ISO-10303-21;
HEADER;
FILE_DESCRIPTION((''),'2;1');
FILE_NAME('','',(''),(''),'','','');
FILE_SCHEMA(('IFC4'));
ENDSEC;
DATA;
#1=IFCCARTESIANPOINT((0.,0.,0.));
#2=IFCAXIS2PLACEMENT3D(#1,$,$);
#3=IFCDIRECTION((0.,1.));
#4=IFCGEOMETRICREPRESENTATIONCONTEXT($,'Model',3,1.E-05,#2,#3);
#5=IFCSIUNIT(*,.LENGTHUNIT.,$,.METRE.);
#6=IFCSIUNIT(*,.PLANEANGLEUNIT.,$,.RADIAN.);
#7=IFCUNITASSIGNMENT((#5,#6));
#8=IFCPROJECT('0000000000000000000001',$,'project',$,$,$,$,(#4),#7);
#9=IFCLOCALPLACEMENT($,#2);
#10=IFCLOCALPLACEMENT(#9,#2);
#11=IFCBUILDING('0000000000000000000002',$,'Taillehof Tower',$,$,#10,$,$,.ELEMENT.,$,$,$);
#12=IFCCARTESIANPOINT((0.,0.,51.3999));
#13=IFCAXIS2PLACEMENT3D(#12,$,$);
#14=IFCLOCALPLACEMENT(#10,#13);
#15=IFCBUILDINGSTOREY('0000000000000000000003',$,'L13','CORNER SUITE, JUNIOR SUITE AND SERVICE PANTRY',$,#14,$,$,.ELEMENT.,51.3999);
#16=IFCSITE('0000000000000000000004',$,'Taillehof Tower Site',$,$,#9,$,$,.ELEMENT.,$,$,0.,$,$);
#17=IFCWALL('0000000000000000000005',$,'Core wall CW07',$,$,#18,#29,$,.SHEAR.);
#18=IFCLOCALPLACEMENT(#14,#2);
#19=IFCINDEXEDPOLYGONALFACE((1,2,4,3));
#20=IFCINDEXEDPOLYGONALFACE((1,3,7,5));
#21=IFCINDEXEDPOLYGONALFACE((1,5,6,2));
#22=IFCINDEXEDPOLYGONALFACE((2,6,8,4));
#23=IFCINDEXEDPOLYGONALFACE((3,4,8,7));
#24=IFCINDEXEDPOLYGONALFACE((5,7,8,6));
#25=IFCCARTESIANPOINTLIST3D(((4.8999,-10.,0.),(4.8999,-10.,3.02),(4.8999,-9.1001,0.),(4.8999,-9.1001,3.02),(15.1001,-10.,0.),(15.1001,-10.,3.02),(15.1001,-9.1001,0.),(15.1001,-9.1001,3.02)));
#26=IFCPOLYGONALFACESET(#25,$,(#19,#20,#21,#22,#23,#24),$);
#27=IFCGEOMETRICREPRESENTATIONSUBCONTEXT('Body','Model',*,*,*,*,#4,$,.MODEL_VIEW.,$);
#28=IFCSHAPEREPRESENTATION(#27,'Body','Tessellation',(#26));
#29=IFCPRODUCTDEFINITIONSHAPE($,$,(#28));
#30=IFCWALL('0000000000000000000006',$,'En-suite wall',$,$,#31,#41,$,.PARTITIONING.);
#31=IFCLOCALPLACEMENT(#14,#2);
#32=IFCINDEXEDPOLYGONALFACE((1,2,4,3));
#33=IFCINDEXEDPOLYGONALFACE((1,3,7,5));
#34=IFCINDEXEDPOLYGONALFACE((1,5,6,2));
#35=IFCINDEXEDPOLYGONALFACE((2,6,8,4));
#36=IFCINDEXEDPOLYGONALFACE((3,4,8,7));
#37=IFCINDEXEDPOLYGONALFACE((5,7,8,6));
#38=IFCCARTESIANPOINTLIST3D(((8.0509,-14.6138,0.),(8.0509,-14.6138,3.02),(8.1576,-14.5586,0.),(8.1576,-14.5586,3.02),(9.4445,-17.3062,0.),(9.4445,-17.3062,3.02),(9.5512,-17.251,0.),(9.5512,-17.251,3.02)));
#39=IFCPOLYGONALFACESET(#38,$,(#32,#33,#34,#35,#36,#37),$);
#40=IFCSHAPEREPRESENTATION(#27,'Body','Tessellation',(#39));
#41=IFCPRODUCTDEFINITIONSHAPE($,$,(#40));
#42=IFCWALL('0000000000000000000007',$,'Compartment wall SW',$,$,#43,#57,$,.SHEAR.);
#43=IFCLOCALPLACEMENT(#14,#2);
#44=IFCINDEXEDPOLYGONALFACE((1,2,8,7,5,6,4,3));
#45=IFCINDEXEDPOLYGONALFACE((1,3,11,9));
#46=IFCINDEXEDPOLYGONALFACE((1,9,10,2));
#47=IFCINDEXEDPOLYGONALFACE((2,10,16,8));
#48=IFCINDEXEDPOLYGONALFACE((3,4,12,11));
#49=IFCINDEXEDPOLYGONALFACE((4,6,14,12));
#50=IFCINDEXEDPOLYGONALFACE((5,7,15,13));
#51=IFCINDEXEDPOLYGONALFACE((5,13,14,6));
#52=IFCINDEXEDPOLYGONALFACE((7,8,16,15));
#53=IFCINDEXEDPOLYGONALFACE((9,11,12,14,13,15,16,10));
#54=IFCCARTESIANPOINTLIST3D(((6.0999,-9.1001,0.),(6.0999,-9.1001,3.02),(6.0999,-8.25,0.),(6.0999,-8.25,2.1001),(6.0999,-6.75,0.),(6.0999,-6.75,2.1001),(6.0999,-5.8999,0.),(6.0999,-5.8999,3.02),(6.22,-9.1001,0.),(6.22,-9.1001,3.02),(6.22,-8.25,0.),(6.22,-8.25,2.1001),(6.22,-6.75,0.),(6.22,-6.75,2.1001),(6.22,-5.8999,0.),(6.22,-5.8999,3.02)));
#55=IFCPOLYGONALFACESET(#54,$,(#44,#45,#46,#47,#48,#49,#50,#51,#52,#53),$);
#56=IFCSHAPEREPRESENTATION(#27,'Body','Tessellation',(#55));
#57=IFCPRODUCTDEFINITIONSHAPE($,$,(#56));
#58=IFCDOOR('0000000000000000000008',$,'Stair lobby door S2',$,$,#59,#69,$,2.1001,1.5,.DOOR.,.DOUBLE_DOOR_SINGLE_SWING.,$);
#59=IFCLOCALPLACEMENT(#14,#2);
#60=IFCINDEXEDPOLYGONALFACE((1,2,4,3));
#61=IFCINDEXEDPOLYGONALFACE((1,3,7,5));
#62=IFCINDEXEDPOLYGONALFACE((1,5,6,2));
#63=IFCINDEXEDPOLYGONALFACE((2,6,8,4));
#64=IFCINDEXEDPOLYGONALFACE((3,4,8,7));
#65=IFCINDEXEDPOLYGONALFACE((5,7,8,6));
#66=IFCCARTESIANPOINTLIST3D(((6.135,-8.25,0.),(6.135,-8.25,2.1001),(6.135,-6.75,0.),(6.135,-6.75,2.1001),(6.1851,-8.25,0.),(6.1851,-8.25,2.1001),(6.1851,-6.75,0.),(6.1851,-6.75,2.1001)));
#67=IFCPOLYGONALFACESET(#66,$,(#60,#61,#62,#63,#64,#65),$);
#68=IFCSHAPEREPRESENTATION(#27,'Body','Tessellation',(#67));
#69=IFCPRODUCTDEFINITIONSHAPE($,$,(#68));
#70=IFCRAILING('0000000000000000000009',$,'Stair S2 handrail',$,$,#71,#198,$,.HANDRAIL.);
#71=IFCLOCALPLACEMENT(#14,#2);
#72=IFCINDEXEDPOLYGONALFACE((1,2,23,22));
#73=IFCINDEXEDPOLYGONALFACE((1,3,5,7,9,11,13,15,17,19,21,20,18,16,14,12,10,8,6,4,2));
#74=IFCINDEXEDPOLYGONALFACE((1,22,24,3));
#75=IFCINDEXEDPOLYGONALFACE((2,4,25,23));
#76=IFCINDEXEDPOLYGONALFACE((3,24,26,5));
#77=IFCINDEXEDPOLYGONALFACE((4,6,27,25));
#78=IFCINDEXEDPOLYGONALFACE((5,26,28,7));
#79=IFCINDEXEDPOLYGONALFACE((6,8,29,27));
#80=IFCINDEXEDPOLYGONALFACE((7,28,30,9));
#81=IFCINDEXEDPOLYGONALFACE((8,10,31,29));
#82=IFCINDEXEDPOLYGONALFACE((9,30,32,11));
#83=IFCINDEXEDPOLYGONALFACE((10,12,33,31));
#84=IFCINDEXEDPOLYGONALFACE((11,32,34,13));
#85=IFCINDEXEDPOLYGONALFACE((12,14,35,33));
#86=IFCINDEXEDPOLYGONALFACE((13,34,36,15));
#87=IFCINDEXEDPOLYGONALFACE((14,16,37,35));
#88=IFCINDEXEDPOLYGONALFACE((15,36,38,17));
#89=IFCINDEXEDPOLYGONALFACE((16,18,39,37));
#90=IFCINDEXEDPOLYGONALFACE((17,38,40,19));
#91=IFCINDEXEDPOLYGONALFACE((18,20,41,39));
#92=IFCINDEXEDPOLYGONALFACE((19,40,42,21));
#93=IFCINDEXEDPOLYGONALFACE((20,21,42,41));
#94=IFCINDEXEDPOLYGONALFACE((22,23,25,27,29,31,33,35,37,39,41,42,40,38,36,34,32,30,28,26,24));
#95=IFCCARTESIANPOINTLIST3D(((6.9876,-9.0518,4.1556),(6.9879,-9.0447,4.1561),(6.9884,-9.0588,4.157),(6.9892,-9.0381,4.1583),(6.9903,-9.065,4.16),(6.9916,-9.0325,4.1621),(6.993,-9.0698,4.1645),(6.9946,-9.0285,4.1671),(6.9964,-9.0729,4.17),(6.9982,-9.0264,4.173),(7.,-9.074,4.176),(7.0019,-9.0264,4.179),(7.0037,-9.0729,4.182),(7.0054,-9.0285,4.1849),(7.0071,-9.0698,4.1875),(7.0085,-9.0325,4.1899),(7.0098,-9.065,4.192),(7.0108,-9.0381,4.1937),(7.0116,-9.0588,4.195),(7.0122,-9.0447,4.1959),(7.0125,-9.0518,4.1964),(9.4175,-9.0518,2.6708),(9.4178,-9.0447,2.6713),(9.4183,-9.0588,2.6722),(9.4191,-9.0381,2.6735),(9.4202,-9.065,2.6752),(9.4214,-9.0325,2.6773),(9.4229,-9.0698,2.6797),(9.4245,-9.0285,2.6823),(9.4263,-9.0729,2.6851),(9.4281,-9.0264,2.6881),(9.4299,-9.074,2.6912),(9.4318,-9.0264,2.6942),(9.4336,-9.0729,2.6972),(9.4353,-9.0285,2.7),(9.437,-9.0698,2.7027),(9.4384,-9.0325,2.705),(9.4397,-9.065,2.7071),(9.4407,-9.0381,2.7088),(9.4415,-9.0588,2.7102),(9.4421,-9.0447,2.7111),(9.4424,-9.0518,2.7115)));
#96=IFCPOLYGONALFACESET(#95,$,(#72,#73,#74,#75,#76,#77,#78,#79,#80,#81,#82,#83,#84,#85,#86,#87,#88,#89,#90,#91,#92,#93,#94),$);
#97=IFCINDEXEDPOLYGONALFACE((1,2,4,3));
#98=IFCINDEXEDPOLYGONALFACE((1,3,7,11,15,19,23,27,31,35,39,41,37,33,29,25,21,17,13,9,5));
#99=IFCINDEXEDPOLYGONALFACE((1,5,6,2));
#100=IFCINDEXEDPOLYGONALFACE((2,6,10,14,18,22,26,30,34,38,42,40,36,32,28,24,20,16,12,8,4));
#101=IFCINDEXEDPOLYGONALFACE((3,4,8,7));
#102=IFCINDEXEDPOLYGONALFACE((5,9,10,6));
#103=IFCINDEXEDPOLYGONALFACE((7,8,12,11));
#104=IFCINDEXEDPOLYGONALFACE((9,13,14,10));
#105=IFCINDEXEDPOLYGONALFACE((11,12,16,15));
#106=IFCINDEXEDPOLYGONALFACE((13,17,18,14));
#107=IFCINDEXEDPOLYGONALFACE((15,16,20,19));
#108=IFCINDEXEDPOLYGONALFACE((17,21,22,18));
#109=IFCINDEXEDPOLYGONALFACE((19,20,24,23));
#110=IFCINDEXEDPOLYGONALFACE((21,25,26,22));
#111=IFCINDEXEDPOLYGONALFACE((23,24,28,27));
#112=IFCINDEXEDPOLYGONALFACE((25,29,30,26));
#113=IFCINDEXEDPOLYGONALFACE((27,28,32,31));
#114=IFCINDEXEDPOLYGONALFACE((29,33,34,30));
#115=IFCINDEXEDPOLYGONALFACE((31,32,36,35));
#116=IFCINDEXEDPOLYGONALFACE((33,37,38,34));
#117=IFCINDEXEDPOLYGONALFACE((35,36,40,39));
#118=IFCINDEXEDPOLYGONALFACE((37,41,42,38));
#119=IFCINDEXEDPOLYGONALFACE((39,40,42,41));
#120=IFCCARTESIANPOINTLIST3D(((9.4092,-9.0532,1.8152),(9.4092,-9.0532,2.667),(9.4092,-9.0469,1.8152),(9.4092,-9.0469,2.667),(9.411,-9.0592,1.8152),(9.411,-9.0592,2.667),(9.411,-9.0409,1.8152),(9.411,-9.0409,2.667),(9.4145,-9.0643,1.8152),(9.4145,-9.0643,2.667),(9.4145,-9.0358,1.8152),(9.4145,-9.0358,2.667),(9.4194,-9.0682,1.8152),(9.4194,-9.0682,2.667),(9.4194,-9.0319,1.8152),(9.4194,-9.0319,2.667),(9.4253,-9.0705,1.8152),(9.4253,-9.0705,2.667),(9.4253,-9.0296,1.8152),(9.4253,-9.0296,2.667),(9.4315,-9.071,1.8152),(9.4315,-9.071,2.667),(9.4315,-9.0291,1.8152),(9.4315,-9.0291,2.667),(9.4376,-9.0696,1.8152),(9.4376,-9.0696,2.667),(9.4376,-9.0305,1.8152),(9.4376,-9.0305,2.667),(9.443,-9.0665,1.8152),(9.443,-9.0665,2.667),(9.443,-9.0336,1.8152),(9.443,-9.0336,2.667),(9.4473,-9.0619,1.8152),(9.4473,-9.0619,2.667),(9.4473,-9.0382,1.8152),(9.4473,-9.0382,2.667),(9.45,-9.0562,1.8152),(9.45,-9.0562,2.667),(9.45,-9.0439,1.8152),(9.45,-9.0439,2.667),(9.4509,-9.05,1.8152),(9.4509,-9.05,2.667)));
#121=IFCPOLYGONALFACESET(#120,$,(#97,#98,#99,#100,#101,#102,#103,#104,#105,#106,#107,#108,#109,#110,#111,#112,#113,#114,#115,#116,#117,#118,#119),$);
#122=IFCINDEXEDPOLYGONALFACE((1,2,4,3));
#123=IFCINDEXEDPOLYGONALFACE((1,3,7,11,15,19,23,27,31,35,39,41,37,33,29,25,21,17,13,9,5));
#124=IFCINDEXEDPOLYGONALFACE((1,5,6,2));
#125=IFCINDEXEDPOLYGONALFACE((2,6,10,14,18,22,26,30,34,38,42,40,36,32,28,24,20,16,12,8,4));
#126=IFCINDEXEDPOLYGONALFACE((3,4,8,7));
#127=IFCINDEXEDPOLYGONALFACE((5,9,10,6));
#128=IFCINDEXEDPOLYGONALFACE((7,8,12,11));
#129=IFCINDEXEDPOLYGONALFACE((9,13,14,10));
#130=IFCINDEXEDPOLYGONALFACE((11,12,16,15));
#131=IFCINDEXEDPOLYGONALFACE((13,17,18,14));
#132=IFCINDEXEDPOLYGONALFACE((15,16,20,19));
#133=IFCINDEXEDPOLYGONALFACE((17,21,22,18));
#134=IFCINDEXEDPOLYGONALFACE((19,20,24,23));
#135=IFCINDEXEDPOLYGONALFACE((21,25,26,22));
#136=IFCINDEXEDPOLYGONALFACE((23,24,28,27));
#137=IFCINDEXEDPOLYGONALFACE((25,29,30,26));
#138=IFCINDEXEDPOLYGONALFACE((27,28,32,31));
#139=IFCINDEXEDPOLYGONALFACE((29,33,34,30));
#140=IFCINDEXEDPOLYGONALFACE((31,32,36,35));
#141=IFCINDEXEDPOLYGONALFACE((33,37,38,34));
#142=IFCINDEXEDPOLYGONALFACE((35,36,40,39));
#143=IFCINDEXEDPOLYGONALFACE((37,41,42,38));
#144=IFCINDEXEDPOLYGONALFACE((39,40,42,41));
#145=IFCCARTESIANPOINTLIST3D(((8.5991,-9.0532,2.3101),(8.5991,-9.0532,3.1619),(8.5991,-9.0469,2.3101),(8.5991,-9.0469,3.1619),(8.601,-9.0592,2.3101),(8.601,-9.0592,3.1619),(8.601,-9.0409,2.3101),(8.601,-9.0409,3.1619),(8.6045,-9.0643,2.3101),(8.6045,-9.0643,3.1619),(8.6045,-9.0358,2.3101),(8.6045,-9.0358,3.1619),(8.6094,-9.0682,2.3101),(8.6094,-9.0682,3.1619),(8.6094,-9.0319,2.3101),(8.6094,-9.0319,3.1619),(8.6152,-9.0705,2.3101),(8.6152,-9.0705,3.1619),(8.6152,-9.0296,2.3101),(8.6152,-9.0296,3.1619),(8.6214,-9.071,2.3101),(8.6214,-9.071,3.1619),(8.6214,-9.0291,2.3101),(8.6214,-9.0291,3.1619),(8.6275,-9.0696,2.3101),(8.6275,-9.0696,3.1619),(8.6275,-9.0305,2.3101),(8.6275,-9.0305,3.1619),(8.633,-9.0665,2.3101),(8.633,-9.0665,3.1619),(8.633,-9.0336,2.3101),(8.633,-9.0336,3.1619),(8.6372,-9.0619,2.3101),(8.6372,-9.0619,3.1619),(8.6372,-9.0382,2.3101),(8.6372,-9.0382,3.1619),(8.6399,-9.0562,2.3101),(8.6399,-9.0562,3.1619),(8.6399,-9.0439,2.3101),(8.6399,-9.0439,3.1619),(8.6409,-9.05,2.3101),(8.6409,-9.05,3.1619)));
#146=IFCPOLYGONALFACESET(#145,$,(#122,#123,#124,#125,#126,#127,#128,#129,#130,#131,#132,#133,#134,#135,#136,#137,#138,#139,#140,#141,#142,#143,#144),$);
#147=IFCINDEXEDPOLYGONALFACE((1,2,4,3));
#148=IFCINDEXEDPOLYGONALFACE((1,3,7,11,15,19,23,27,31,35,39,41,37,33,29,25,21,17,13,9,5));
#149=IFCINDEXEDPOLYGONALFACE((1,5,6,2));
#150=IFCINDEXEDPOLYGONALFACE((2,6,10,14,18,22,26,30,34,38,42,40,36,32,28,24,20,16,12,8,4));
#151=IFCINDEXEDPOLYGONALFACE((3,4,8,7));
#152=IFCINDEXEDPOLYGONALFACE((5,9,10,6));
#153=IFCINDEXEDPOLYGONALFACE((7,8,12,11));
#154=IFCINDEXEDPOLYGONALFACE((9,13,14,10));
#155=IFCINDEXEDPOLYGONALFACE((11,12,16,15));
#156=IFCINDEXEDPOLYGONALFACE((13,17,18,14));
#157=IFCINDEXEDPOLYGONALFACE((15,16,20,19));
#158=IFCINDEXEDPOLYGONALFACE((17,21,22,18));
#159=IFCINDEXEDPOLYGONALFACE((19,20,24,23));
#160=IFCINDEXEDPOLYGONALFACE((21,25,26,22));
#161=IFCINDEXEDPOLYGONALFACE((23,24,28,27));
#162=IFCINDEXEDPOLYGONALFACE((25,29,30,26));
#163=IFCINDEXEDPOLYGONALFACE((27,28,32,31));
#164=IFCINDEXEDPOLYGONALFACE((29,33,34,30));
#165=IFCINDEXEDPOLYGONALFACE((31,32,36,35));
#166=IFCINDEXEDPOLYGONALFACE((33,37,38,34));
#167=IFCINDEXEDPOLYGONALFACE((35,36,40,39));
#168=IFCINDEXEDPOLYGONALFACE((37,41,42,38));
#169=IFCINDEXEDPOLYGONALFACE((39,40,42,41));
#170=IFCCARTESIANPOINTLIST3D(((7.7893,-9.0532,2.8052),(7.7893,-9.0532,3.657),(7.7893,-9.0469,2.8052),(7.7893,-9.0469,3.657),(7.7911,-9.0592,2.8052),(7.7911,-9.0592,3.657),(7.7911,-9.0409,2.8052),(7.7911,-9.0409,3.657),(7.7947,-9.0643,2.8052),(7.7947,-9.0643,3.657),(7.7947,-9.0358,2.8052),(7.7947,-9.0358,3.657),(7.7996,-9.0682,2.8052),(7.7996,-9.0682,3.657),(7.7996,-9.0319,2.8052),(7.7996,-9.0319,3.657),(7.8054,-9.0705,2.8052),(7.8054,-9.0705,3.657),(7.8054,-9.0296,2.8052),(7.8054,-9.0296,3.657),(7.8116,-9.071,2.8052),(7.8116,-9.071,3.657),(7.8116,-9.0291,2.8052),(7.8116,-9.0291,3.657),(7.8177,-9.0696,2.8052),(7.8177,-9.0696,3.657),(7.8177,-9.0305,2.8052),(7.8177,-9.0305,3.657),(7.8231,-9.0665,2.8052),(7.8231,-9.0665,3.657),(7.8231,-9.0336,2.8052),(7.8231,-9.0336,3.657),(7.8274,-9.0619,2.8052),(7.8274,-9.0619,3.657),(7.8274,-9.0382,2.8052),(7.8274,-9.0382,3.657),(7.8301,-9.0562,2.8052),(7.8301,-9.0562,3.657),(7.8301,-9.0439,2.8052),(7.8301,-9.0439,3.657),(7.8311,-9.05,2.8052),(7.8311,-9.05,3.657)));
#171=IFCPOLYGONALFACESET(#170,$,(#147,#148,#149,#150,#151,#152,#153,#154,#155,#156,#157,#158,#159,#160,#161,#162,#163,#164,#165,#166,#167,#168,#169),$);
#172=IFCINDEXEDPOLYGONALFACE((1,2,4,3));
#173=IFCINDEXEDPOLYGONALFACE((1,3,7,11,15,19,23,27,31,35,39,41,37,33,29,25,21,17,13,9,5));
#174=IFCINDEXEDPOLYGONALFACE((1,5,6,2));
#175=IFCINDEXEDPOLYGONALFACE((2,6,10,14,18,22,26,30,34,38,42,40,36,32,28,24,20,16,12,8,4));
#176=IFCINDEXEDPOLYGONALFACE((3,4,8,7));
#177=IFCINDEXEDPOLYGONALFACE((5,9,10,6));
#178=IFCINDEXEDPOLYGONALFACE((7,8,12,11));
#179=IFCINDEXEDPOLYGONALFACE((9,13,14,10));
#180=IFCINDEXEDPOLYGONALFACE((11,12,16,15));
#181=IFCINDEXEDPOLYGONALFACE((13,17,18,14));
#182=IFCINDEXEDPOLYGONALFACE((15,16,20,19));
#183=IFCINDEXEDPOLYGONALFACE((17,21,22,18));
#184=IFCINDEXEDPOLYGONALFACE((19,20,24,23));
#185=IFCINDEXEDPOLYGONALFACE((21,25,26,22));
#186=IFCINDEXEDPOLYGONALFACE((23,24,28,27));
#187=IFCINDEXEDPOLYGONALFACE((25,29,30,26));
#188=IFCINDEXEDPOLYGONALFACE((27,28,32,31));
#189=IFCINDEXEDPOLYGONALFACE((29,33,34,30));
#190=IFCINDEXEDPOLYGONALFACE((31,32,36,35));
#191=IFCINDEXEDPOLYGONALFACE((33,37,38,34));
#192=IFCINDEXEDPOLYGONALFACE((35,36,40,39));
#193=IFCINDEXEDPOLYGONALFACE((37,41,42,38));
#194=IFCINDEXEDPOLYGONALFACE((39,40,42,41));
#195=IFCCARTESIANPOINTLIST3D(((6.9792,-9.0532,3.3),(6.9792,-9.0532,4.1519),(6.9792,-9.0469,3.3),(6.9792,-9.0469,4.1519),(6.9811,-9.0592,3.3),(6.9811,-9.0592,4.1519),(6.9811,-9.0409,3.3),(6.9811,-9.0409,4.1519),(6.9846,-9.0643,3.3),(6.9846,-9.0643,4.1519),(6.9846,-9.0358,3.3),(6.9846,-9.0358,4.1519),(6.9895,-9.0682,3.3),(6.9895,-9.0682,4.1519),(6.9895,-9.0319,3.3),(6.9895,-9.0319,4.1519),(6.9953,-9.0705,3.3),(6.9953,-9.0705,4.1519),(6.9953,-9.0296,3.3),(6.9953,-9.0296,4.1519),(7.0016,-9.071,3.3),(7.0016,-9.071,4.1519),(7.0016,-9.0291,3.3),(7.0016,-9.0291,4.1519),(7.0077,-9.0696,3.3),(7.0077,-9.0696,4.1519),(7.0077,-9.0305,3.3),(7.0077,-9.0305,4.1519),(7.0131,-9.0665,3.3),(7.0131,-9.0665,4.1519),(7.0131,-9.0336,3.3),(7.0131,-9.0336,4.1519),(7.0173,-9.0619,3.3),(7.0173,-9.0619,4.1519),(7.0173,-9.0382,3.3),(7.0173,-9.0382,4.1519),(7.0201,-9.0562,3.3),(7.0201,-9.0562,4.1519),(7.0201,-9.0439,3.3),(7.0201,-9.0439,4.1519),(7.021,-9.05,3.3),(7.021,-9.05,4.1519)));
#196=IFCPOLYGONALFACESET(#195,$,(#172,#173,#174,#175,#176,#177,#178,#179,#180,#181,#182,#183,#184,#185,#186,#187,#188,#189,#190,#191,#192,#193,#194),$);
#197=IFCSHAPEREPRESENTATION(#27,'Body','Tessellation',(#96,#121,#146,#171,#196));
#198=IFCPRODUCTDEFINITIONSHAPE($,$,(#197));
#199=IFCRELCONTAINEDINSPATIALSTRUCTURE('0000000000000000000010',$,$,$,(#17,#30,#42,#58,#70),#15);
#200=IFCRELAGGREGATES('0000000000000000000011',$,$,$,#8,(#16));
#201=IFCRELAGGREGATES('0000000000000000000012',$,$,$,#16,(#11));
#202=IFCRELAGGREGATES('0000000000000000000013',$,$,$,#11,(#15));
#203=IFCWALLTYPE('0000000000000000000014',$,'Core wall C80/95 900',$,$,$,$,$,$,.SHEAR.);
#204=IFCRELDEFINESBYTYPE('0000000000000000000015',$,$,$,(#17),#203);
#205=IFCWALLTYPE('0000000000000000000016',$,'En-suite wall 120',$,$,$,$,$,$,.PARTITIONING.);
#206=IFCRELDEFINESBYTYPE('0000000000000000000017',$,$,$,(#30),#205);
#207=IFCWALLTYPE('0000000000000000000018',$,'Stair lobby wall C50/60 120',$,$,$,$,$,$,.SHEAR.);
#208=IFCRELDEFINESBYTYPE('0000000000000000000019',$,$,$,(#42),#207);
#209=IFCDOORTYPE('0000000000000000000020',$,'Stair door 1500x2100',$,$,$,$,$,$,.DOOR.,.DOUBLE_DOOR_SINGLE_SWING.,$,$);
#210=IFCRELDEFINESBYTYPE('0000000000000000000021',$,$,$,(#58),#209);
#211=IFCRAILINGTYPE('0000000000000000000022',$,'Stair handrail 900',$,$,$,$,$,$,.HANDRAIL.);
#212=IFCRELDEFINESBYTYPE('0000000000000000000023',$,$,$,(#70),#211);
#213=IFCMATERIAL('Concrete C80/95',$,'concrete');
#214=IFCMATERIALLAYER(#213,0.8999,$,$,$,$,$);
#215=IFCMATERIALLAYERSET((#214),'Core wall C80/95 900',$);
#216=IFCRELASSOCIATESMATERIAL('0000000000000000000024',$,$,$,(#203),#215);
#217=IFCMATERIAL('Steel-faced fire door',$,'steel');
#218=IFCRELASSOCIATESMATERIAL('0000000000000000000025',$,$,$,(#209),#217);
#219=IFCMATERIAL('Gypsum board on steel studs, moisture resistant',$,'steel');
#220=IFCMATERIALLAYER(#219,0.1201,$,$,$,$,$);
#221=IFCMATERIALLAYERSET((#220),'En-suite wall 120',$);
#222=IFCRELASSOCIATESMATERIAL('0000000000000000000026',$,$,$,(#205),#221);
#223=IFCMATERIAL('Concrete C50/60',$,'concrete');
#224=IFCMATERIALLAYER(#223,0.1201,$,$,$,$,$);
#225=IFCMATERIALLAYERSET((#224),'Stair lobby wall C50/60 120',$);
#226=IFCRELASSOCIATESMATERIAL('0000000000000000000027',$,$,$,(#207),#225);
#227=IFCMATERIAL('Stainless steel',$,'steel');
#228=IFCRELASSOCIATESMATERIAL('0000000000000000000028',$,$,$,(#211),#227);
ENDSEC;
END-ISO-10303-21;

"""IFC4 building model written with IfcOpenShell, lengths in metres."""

from ifc_helpers import new_model, si_unit, direction, frame, frame_2d, origin, origin_2d, place, context, subcontext, project, spatial, rectangle, circle, extrude, material, layer, layer_set, type_object, element, fill, save


model = new_model("IFC4")

# Units and contexts
model_context = context("Model", 3, precision=1e-05, world=origin(), true_north=direction((0.0, 1.0)))
body_context = subcontext(model_context, "Body", "Model", "MODEL_VIEW")
ifc_project = project(units=[si_unit("LENGTHUNIT", "METRE"), si_unit("PLANEANGLEUNIT", "RADIAN")], contexts=[model_context])

# Site, building, storey
site_placement = place(None, origin())
site = spatial("IfcSite", under=ifc_project, at=site_placement, Name="Taillehof Tower Site", CompositionType="ELEMENT", RefElevation=0.0)
building_placement = place(site_placement, origin())
building = spatial("IfcBuilding", under=site, at=building_placement, Name="Taillehof Tower", CompositionType="ELEMENT")
storey_placement = place(building_placement, frame((0.0, 0.0, 51.3999)))
storey = spatial("IfcBuildingStorey", under=building, at=storey_placement, Name="L13", Description="CORNER SUITE, JUNIOR SUITE AND SERVICE PANTRY", CompositionType="ELEMENT", Elevation=51.3999)

# Shared definitions
ifc_material_1 = material(Name="Concrete C80/95", Category="concrete")
ifc_layer_1 = layer(ifc_material_1, 0.8999)
ifc_layer_set_1 = layer_set([ifc_layer_1], Name="Core wall C80/95 900")
wall_type_1 = type_object("IfcWallType", Name="Core wall C80/95 900", PredefinedType="SHEAR", material=ifc_layer_set_1)
ifc_material_2 = material(Name="Steel-faced fire door", Category="steel")
door_type_1 = type_object("IfcDoorType", Name="Stair door 1500x2100", OperationType="DOUBLE_DOOR_SINGLE_SWING", PredefinedType="DOOR", material=ifc_material_2)

# Walls
wall_1_placement = place(storey_placement, frame((4.8999, -9.55, 0.0), z_axis=(0.0, 0.0, 1.0), x_axis=(1.0, 0.0, 0.0)))
element("IfcWall", 1, at=wall_1_placement, inside=storey, type_object=wall_type_1, Name="Core wall CW07", PredefinedType="SHEAR", context=body_context, shape_type="SweptSolid", body=[
    extrude(rectangle(XDim=10.2002, YDim=0.8999, at=frame_2d((5.1001, 0.0))), origin(), (0.0, 0.0, 1.0), 3.02),
])
ifc_material_3 = material(Name="Gypsum board on steel studs, moisture resistant", Category="steel")
ifc_layer_2 = layer(ifc_material_3, 0.1201)
ifc_layer_set_2 = layer_set([ifc_layer_2], Name="En-suite wall 120")
wall_type_2 = type_object("IfcWallType", Name="En-suite wall 120", PredefinedType="PARTITIONING", material=ifc_layer_set_2)
wall_2_placement = place(storey_placement, frame((8.1042, -14.5862, 0.0), z_axis=(0.0, 0.0, 1.0), x_axis=(0.459668, -0.888091, 0.0)))
element("IfcWall", 2, at=wall_2_placement, inside=storey, type_object=wall_type_2, Name="En-suite wall", PredefinedType="PARTITIONING", context=body_context, shape_type="SweptSolid", body=[
    extrude(rectangle(XDim=3.0317, YDim=0.1201, at=frame_2d((1.5159, 0.0))), origin(), (0.0, 0.0, 1.0), 3.02),
])

# Wall, opening, door
ifc_material_4 = material(Name="Concrete C50/60", Category="concrete")
ifc_layer_3 = layer(ifc_material_4, 0.1201)
ifc_layer_set_3 = layer_set([ifc_layer_3], Name="Stair lobby wall C50/60 120")
wall_type_3 = type_object("IfcWallType", Name="Stair lobby wall C50/60 120", PredefinedType="SHEAR", material=ifc_layer_set_3)
wall_3_placement = place(storey_placement, frame((6.1599, -9.1001, 0.0), z_axis=(0.0, 0.0, 1.0), x_axis=(0.0, 1.0, 0.0)))
wall_3 = element("IfcWall", 3, at=wall_3_placement, inside=storey, type_object=wall_type_3, Name="Compartment wall SW", PredefinedType="SHEAR", context=body_context, shape_type="SweptSolid", body=[
    extrude(rectangle(XDim=3.2002, YDim=0.1201, at=frame_2d((1.6001, 0.0))), origin(), (0.0, 0.0, 1.0), 3.02),
])
opening_1_placement = place(wall_3_placement, frame((0.8501, 0.0, 0.0)))
opening_1 = element("IfcOpeningElement", 4, at=opening_1_placement, cuts=wall_3, PredefinedType="OPENING", context=body_context, shape_type="SweptSolid", body=[
    extrude(rectangle(XDim=1.5, YDim=2.1001, at=frame_2d((0.75, 1.05))), frame((0.0, 0.0701, 0.0), z_axis=(0.0, -1.0, 0.0), x_axis=(1.0, 0.0, 0.0)), (0.0, 0.0, 1.0), 0.1401),
])
door_1_placement = place(opening_1_placement, origin())
door_1 = element("IfcDoor", 5, at=door_1_placement, inside=storey, type_object=door_type_1, Name="Stair lobby door S2", OperationType="DOUBLE_DOOR_SINGLE_SWING", OverallHeight=2.1001, OverallWidth=1.5, PredefinedType="DOOR", context=body_context, shape_type="SweptSolid", body=[
    extrude(rectangle(XDim=1.5, YDim=2.1001, at=frame_2d((0.75, 1.05))), frame((0.0, 0.0249, 0.0), z_axis=(0.0, -1.0, 0.0), x_axis=(1.0, 0.0, 0.0)), (0.0, 0.0, 1.0), 0.05),
])
fill(opening_1, door_1)

# Railing
ifc_material_5 = material(Name="Stainless steel", Category="steel")
railing_type = type_object("IfcRailingType", Name="Stair handrail 900", PredefinedType="HANDRAIL", material=ifc_material_5)
railing_placement = place(storey_placement, frame((9.4299, -9.05, 1.8152)))
element("IfcRailing", 6, at=railing_placement, inside=storey, type_object=railing_type, Name="Stair S2 handrail", PredefinedType="HANDRAIL", context=body_context, shape_type="SweptSolid", body=[
    extrude(circle(Radius=0.0239, at=origin_2d()), frame((0.0, 0.0, 0.876), z_axis=(-0.853297, 0.0, 0.521426), x_axis=(0.0, -1.0, 0.0)), (0.0, 0.0, 1.0), 2.8477),
    extrude(circle(Radius=0.021, at=origin_2d()), origin(), (0.0, 0.0, 1.0), 0.8518),
    extrude(circle(Radius=0.021, at=origin_2d()), frame((-0.8101, 0.0, 0.4949)), (0.0, 0.0, 1.0), 0.8518),
    extrude(circle(Radius=0.021, at=origin_2d()), frame((-1.6199, 0.0, 0.99)), (0.0, 0.0, 1.0), 0.8518),
    extrude(circle(Radius=0.021, at=origin_2d()), frame((-2.4299, 0.0, 1.4849)), (0.0, 0.0, 1.0), 0.8518),
])

save(model, "model.ifc")
